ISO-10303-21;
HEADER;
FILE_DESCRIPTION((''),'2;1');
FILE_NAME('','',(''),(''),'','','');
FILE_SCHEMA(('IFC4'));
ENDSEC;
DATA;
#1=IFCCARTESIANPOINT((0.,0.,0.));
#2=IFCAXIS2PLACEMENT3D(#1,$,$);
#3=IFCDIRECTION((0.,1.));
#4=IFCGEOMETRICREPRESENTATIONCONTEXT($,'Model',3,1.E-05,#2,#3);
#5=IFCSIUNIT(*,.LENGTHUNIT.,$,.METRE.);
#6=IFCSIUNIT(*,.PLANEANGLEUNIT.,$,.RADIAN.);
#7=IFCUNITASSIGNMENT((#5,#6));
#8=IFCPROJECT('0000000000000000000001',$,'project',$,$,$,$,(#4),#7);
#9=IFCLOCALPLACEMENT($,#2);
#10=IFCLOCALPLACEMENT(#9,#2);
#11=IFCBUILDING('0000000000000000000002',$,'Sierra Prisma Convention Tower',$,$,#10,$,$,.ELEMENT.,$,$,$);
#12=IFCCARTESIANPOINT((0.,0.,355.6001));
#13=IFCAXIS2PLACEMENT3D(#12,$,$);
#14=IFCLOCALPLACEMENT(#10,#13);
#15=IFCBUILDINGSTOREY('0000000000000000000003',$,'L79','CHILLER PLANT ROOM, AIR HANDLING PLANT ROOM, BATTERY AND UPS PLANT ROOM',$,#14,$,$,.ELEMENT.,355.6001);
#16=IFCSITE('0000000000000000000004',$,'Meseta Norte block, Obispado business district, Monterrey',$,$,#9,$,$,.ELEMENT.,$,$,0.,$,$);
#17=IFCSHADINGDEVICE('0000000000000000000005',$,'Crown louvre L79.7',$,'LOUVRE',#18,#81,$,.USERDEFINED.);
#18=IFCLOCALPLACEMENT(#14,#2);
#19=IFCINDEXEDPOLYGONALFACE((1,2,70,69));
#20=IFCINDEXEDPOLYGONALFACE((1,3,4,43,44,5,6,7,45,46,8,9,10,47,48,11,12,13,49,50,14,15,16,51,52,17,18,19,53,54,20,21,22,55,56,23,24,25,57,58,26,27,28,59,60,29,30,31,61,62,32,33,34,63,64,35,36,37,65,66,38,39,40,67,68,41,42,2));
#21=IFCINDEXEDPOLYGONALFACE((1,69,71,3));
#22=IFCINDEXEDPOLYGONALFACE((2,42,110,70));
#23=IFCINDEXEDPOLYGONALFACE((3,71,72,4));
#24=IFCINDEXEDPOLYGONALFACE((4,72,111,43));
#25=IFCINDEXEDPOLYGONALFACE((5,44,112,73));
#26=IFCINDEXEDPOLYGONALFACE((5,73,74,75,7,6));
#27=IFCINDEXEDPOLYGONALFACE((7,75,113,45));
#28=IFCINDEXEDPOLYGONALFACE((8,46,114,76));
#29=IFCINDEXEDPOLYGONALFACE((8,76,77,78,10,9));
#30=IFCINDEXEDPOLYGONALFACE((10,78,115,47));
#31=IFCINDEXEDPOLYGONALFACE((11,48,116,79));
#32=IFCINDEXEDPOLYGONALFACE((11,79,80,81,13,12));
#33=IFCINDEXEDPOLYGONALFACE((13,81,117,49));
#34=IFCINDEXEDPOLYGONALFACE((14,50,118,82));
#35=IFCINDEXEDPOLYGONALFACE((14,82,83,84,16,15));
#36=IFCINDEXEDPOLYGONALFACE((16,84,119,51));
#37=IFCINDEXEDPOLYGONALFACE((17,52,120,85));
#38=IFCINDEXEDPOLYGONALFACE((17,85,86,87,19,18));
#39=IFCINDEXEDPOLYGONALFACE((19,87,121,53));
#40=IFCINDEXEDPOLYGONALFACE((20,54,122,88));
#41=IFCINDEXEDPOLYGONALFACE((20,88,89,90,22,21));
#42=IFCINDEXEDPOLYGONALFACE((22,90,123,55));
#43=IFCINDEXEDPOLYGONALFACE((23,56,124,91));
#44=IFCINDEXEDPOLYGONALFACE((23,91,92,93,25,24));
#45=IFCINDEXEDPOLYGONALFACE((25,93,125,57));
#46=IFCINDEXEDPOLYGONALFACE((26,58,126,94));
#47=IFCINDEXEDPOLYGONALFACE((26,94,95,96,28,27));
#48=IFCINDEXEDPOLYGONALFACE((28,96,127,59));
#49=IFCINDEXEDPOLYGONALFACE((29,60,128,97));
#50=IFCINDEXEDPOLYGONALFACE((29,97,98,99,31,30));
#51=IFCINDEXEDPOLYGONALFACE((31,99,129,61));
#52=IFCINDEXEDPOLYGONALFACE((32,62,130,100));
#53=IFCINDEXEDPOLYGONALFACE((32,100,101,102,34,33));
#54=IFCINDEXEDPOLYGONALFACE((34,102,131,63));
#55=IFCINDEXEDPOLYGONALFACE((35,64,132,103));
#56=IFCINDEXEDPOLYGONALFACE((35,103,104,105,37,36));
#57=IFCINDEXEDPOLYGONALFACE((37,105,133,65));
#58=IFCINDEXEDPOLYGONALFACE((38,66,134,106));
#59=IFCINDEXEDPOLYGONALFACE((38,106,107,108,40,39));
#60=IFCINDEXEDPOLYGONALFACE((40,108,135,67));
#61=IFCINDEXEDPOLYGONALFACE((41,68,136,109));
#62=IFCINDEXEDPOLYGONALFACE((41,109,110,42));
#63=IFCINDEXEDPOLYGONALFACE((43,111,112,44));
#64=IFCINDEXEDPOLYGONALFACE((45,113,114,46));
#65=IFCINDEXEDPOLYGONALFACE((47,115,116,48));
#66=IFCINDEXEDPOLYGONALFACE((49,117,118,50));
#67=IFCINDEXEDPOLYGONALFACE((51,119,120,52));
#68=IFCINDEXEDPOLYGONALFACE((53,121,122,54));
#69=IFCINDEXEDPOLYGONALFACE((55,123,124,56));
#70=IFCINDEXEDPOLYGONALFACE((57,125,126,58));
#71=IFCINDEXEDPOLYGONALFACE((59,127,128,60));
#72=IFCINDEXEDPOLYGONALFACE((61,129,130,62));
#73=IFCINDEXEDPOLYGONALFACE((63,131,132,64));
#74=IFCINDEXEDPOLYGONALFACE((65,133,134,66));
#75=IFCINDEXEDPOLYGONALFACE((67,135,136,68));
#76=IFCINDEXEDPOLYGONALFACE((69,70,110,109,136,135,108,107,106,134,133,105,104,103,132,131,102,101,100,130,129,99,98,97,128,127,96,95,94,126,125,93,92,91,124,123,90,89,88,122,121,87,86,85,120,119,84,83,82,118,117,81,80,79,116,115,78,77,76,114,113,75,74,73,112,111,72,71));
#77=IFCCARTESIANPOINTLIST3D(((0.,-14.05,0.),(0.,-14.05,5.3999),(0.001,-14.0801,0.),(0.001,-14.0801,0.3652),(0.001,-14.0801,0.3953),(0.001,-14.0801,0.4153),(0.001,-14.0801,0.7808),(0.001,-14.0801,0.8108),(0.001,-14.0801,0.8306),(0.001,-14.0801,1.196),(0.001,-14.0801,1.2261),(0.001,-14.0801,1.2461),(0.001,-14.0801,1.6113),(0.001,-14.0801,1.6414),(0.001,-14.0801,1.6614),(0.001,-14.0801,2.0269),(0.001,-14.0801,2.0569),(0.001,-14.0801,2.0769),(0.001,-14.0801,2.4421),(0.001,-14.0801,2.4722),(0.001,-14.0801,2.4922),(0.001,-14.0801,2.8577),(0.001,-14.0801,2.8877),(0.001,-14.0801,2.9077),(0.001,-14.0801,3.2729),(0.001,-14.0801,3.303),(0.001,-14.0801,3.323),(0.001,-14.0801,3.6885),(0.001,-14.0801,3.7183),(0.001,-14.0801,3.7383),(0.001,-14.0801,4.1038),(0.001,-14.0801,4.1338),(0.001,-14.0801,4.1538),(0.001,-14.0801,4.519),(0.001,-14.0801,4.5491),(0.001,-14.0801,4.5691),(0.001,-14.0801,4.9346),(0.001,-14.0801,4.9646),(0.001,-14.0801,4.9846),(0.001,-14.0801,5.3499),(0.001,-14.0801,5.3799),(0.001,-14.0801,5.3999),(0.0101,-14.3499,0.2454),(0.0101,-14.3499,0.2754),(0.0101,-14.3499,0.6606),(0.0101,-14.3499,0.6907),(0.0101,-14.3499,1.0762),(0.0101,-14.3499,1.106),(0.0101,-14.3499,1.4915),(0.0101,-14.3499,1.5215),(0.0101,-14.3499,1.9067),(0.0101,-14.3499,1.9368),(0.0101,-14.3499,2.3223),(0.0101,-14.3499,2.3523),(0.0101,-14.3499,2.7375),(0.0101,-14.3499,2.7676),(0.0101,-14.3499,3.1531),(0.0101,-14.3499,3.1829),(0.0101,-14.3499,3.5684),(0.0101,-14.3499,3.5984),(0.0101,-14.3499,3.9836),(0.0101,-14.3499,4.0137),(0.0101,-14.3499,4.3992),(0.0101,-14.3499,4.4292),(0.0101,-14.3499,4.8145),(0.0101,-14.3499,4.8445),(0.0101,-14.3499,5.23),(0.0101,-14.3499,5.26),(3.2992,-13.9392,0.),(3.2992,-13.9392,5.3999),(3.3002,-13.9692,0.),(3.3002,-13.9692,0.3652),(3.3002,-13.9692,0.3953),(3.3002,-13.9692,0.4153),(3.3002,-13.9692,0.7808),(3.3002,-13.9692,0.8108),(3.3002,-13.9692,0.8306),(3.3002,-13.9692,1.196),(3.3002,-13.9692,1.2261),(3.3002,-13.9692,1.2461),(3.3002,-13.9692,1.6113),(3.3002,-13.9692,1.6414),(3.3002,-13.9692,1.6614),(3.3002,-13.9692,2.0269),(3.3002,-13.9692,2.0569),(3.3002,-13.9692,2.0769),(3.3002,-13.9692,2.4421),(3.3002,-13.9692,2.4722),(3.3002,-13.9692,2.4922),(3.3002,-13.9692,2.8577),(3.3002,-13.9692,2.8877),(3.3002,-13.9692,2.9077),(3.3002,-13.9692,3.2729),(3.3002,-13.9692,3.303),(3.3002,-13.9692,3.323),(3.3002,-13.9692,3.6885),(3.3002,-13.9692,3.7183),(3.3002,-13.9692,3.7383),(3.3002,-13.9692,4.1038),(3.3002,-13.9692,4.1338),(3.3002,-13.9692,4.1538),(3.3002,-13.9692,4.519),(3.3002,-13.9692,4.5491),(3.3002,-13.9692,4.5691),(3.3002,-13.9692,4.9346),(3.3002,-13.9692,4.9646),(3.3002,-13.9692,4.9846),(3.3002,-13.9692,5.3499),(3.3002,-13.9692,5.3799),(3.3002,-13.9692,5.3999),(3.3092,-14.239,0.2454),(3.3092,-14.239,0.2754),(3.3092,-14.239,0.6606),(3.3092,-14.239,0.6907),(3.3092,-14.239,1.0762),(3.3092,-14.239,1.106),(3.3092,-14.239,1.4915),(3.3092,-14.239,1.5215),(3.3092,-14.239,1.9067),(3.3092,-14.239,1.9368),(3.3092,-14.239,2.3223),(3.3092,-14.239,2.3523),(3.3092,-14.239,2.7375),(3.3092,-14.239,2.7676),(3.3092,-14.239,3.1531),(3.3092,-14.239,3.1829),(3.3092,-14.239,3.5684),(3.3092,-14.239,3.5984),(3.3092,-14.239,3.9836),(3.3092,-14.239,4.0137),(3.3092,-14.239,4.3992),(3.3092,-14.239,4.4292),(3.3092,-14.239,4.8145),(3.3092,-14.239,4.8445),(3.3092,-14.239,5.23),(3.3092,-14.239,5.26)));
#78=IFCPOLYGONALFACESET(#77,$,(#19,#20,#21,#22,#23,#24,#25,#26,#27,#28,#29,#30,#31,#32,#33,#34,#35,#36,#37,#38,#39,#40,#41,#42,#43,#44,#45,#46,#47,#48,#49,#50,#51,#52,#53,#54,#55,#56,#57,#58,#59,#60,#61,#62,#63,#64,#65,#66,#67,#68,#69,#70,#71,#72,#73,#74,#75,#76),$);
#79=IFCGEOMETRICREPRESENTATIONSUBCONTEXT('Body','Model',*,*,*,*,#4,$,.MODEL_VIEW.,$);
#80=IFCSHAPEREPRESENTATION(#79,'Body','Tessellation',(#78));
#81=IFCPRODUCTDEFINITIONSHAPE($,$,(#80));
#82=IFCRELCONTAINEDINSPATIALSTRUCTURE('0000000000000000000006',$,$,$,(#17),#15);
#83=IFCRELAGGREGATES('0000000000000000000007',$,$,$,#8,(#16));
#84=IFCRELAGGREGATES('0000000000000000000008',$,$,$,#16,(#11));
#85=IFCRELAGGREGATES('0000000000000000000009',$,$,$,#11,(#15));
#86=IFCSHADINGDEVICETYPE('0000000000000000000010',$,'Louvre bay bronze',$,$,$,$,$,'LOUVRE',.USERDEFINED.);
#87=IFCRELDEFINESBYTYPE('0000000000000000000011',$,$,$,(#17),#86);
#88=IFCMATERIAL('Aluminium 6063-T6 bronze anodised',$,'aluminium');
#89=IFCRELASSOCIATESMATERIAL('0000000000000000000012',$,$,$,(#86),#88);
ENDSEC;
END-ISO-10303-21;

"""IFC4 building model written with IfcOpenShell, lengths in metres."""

from ifc_helpers import new_model, si_unit, direction, frame, origin, place, context, subcontext, project, spatial, polyline, outline, extrude, material, type_object, element, save


model = new_model("IFC4")

# Units and contexts
model_context = context("Model", 3, precision=1e-05, world=origin(), true_north=direction((0.0, 1.0)))
body_context = subcontext(model_context, "Body", "Model", "MODEL_VIEW")
ifc_project = project(units=[si_unit("LENGTHUNIT", "METRE"), si_unit("PLANEANGLEUNIT", "RADIAN")], contexts=[model_context])

# Site, building, storey
site_placement = place(None, origin())
site = spatial("IfcSite", under=ifc_project, at=site_placement, Name="Meseta Norte block, Obispado business district, Monterrey", CompositionType="ELEMENT", RefElevation=0.0)
building_placement = place(site_placement, origin())
building = spatial("IfcBuilding", under=site, at=building_placement, Name="Sierra Prisma Convention Tower", CompositionType="ELEMENT")
storey_placement = place(building_placement, frame((0.0, 0.0, 355.6001)))
storey = spatial("IfcBuildingStorey", under=building, at=storey_placement, Name="L79", Description="CHILLER PLANT ROOM, AIR HANDLING PLANT ROOM, BATTERY AND UPS PLANT ROOM", CompositionType="ELEMENT", Elevation=355.6001)

# Shading device
ifc_material_1 = material(Name="Aluminium 6063-T6 bronze anodised", Category="aluminium")
shading_device_type = type_object("IfcShadingDeviceType", Name="Louvre bay bronze", ElementType="LOUVRE", PredefinedType="USERDEFINED", material=ifc_material_1)
shading_device_placement = place(storey_placement, frame((0.0, -14.05, 0.0), z_axis=(-0.999436, -0.033593, 0.0), x_axis=(0.0, 0.0, 1.0)))
element("IfcShadingDevice", 1, at=shading_device_placement, inside=storey, type_object=shading_device_type, Name="Crown louvre L79.7", ObjectType="LOUVRE", PredefinedType="USERDEFINED", context=body_context, shape_type="SweptSolid", body=[
    extrude(outline(polyline([(0.0, 0.0), (5.3999, 0.0), (5.3999, -0.03), (5.3799, -0.03), (5.26, -0.3), (5.23, -0.3), (5.3499, -0.03), (4.9846, -0.03), (4.9646, -0.03), (4.8445, -0.3), (4.8145, -0.3), (4.9346, -0.03), (4.5691, -0.03), (4.5491, -0.03), (4.4292, -0.3), (4.3992, -0.3), (4.519, -0.03), (4.1538, -0.03), (4.1338, -0.03), (4.0137, -0.3), (3.9836, -0.3), (4.1038, -0.03), (3.7383, -0.03), (3.7183, -0.03), (3.5984, -0.3), (3.5684, -0.3), (3.6885, -0.03), (3.323, -0.03), (3.303, -0.03), (3.1829, -0.3), (3.1531, -0.3), (3.2729, -0.03), (2.9077, -0.03), (2.8877, -0.03), (2.7676, -0.3), (2.7375, -0.3), (2.8577, -0.03), (2.4922, -0.03), (2.4722, -0.03), (2.3523, -0.3), (2.3223, -0.3), (2.4421, -0.03), (2.0769, -0.03), (2.0569, -0.03), (1.9368, -0.3), (1.9067, -0.3), (2.0269, -0.03), (1.6614, -0.03), (1.6414, -0.03), (1.5215, -0.3), (1.4915, -0.3), (1.6113, -0.03), (1.2461, -0.03), (1.2261, -0.03), (1.106, -0.3), (1.0762, -0.3), (1.196, -0.03), (0.8306, -0.03), (0.8108, -0.03), (0.6907, -0.3), (0.6606, -0.3), (0.7808, -0.03), (0.4153, -0.03), (0.3953, -0.03), (0.2754, -0.3), (0.2454, -0.3), (0.3652, -0.03), (0.0, -0.03), (0.0, 0.0)])), origin(), (0.0, 0.0, -1.0), 3.301),
])

save(model, "model.ifc")
